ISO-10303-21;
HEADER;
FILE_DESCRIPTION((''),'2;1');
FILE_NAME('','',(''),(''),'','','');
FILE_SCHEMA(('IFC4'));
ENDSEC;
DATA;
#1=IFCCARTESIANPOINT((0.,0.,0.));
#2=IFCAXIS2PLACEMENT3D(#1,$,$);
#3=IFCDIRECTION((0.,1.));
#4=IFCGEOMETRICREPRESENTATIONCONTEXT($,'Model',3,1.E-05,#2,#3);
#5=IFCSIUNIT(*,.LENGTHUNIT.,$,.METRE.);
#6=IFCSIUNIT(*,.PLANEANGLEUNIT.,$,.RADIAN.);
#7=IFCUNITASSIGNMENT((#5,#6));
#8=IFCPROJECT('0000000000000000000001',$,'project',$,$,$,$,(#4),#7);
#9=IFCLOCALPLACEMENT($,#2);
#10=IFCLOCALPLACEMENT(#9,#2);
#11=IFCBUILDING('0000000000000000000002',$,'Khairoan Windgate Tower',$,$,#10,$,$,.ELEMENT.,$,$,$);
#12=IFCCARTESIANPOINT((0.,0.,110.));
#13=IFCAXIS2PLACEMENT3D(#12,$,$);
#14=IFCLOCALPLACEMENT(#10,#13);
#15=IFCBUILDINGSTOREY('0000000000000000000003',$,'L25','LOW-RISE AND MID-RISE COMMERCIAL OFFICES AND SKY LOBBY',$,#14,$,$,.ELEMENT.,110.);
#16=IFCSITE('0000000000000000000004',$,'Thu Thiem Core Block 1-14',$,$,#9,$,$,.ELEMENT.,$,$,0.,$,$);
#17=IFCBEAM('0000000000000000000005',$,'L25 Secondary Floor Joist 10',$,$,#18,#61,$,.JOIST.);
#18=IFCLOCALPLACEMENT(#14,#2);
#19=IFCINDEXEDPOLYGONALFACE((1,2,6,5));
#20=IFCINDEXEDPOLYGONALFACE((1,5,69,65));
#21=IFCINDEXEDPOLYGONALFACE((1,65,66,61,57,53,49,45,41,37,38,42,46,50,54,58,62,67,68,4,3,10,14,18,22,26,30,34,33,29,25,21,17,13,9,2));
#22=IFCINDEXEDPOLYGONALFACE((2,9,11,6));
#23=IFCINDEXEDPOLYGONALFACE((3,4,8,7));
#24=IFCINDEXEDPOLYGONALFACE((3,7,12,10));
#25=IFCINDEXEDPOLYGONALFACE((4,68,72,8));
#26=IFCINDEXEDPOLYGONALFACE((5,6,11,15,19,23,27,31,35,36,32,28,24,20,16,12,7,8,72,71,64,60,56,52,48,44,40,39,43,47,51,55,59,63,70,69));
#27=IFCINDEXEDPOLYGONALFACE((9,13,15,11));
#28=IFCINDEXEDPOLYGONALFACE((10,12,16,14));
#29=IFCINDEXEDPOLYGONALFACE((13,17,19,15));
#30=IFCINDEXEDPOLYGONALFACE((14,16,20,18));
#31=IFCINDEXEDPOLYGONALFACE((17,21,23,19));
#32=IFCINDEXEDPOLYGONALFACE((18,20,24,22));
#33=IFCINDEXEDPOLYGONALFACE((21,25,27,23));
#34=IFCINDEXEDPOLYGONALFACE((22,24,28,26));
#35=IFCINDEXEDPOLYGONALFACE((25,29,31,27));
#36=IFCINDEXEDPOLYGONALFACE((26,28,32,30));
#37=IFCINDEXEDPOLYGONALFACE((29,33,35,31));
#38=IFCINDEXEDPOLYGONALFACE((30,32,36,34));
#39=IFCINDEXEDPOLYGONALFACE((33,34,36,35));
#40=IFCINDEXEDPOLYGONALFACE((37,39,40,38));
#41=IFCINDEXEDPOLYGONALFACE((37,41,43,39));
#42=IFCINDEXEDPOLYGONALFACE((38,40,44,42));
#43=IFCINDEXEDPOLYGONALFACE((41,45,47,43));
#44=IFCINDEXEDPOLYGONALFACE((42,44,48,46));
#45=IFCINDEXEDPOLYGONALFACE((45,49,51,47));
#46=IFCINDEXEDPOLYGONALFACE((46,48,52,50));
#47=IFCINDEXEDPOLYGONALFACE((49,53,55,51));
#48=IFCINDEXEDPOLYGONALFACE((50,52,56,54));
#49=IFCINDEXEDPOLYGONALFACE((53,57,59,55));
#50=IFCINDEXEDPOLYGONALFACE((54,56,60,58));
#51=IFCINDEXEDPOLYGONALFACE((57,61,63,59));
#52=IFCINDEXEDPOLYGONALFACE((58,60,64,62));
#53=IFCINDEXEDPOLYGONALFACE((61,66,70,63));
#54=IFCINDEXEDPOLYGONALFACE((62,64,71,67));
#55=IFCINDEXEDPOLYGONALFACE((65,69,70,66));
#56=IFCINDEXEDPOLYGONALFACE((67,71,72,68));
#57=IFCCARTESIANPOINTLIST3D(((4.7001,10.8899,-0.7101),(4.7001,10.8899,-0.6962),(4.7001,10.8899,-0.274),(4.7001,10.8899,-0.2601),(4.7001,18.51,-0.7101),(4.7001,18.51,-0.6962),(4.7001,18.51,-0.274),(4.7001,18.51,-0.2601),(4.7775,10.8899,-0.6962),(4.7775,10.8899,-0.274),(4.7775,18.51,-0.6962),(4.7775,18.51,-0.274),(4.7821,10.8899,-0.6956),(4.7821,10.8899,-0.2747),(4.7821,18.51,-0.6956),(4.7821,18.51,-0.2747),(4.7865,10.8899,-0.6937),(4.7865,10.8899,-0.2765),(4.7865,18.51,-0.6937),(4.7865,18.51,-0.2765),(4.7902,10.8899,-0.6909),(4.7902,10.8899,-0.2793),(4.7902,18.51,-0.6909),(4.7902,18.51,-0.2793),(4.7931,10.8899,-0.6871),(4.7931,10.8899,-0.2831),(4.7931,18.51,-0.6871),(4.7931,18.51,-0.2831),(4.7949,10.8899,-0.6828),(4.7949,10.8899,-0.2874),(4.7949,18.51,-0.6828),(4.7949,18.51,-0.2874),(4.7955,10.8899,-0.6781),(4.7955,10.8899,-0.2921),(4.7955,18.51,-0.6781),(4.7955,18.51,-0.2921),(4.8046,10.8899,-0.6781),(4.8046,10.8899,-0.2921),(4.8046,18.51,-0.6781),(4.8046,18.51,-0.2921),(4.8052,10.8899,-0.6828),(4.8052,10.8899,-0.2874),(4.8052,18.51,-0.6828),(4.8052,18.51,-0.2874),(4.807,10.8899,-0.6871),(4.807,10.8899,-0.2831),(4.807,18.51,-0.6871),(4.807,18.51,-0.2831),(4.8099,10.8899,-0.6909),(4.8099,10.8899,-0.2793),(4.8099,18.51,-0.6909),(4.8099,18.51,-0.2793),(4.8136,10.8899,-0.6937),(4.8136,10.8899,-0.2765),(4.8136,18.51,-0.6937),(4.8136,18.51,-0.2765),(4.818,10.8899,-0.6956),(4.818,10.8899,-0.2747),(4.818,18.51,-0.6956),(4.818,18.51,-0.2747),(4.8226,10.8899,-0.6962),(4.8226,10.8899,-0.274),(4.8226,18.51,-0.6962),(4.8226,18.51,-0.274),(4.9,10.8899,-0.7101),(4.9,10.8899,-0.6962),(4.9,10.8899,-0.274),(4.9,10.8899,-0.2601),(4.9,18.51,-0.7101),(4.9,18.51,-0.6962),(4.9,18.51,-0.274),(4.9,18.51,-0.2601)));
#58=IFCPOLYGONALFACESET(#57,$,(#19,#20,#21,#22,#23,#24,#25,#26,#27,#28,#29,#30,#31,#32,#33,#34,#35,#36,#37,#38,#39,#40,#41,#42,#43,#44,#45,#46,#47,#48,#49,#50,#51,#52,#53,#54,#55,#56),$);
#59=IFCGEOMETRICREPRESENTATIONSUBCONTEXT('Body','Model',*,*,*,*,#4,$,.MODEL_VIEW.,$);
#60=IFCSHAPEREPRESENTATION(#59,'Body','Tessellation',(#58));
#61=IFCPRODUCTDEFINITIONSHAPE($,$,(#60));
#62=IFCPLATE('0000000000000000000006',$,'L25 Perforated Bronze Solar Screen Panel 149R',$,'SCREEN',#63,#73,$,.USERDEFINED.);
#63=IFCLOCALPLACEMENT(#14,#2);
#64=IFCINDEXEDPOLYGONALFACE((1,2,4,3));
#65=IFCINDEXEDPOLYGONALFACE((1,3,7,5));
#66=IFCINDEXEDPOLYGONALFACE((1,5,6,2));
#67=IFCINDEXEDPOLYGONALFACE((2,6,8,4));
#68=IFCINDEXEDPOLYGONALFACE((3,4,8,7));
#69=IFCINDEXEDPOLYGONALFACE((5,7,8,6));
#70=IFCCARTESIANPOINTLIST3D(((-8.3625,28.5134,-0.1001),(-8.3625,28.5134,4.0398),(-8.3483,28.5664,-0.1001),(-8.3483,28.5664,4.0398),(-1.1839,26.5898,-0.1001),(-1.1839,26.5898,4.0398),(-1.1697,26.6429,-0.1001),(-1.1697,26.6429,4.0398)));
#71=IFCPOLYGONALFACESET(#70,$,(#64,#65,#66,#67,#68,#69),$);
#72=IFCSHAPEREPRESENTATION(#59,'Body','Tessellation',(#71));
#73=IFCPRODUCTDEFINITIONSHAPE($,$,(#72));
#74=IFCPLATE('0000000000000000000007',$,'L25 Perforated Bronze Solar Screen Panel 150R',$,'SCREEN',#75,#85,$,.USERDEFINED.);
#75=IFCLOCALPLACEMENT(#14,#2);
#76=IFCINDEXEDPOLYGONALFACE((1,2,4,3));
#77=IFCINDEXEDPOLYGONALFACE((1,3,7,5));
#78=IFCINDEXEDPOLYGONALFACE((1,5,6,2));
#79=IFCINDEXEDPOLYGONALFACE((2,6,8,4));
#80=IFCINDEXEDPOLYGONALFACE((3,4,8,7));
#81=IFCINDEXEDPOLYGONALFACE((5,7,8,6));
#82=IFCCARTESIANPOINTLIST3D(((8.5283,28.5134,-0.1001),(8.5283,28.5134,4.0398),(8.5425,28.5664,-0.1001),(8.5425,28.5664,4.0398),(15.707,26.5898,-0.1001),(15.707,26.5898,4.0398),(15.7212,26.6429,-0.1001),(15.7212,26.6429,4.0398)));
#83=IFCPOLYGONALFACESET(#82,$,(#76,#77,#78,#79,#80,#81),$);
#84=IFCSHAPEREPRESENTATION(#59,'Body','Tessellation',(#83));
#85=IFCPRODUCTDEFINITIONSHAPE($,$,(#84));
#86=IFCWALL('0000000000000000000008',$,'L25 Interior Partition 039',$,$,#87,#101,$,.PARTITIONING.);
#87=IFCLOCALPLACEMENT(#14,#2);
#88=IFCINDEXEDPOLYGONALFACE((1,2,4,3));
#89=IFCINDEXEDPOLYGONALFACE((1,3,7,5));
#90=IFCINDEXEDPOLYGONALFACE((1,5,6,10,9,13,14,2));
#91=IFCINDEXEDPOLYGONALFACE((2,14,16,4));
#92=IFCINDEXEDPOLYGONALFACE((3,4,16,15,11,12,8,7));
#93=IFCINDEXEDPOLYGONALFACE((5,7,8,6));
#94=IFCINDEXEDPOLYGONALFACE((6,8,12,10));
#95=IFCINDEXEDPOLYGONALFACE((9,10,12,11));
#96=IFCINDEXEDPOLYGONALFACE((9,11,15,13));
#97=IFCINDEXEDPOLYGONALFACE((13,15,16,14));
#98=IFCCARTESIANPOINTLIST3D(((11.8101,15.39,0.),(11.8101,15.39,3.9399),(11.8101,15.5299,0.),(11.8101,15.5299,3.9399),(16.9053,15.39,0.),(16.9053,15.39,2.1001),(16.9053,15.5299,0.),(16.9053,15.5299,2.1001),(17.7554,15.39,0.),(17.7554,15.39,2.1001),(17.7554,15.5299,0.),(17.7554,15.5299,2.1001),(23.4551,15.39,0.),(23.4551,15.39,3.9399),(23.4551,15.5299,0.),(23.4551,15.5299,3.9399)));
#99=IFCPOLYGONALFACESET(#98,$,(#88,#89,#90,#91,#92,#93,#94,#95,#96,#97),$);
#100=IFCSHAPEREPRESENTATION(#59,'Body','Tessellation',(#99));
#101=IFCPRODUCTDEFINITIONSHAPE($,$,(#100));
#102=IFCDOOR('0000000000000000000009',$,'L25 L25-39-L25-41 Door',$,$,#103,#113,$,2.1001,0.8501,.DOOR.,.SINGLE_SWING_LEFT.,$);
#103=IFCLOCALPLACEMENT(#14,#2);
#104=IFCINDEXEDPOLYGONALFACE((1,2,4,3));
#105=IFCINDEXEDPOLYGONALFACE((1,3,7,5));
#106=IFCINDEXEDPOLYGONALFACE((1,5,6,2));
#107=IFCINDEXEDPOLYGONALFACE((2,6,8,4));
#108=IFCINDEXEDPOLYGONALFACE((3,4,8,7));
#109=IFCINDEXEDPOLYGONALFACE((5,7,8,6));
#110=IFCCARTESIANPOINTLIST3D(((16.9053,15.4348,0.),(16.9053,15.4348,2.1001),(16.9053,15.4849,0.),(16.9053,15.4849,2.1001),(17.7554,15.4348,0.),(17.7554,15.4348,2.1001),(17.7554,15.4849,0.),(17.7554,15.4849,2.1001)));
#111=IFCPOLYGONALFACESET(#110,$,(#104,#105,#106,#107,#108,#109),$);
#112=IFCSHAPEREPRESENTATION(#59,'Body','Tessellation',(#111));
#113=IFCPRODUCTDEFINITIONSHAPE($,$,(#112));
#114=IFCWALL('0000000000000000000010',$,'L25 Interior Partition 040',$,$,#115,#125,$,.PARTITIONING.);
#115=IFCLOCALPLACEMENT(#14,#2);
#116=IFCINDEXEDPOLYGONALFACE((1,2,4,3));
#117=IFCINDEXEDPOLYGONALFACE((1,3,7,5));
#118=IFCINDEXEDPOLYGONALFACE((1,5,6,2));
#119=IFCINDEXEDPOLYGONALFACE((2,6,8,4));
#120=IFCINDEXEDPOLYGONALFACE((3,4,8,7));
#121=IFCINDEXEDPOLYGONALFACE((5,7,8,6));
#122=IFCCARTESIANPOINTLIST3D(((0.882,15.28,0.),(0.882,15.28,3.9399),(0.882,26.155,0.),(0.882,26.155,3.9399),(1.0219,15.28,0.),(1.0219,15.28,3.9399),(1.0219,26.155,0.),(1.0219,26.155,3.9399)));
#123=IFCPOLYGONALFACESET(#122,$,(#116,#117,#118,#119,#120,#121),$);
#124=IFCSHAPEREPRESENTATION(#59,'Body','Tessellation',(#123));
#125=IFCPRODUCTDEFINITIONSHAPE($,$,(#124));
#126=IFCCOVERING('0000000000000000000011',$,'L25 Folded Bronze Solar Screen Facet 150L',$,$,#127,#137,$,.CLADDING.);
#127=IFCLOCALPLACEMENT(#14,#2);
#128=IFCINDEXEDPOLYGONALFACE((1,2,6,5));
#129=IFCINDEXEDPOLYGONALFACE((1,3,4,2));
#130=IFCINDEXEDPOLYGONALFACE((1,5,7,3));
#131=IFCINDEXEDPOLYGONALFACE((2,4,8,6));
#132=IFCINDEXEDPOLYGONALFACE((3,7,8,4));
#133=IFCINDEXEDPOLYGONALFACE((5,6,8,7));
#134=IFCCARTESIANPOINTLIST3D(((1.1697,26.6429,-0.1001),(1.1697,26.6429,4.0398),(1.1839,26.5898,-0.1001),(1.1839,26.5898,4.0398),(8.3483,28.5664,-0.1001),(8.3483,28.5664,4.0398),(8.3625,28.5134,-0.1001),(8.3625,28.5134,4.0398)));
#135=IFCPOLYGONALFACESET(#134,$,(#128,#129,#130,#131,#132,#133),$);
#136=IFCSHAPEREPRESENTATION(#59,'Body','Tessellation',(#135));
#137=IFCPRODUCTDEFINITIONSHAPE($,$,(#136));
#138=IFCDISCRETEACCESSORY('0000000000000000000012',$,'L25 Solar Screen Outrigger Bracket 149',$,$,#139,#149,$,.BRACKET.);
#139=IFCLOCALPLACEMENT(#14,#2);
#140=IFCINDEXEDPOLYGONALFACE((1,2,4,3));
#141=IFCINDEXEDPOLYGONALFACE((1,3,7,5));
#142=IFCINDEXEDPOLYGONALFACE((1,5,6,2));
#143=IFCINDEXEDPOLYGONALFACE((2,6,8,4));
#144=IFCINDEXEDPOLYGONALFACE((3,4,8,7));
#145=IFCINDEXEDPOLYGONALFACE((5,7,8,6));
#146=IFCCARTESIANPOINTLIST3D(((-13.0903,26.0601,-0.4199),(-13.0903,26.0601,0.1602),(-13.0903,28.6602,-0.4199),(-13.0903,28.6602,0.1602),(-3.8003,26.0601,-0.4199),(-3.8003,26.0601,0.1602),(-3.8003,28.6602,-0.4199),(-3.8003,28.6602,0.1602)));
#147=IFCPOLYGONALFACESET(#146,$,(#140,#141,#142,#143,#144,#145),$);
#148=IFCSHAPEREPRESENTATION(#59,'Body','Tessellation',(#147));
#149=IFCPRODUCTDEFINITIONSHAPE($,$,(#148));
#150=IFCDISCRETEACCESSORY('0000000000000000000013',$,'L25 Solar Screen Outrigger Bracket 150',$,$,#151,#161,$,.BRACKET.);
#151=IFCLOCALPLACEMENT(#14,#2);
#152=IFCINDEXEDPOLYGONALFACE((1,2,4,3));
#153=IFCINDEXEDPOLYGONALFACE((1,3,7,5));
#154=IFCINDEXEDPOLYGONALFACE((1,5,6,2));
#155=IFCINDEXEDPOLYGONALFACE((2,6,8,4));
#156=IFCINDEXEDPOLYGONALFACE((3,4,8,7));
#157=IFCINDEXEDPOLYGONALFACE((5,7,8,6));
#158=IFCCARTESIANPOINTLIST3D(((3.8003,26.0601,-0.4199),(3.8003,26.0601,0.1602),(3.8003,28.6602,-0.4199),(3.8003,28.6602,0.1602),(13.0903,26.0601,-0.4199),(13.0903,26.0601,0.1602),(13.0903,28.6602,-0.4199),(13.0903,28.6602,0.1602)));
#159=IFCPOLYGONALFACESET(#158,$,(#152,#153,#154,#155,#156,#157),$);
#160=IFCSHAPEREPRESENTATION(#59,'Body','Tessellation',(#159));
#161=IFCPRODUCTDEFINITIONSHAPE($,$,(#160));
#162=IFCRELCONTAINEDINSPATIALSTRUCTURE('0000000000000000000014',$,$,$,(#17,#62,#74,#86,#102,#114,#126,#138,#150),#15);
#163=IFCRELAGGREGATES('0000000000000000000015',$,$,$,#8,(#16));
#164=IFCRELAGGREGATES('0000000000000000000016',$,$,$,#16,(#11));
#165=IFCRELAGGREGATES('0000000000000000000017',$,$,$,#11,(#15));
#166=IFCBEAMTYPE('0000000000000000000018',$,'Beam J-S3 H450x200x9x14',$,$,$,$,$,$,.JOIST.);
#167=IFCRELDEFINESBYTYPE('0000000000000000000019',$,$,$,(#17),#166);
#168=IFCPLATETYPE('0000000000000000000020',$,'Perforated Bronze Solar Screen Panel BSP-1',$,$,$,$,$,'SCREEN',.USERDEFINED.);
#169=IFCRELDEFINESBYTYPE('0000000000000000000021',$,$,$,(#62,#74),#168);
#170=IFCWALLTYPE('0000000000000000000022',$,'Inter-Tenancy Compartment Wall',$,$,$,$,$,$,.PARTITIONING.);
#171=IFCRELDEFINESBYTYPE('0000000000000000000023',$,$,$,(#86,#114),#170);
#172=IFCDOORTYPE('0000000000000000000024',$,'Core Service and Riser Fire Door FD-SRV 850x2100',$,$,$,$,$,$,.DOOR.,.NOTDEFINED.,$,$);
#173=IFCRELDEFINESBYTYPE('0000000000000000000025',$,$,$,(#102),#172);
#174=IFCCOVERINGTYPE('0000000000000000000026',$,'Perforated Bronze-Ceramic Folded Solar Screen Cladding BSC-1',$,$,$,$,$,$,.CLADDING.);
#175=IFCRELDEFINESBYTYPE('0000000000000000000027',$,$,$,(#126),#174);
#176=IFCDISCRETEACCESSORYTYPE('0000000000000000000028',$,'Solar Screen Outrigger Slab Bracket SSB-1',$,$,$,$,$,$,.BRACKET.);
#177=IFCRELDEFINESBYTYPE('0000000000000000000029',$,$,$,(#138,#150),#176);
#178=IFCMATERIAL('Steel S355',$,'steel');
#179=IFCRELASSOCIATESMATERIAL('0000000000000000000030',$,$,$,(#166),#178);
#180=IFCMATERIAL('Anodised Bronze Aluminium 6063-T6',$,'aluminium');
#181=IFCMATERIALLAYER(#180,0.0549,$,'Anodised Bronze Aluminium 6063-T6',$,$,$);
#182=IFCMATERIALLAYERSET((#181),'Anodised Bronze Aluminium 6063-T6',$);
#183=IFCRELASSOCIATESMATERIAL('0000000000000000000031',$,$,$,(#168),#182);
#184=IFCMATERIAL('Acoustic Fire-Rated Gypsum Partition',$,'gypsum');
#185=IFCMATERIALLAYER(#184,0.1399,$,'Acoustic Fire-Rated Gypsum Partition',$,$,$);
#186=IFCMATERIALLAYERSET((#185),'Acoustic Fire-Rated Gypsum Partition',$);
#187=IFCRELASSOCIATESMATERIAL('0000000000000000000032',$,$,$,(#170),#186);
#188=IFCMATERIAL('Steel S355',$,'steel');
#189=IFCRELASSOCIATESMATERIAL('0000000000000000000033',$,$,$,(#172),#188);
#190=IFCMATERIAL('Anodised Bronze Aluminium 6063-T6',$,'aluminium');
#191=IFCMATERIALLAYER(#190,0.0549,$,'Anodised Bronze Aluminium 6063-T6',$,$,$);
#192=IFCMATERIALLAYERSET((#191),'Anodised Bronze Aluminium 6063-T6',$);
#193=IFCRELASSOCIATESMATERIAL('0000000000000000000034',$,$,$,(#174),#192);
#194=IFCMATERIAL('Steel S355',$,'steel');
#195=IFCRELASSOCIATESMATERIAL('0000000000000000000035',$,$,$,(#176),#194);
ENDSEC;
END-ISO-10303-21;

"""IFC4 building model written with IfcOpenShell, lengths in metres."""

from ifc_helpers import new_model, si_unit, direction, frame, frame_2d, origin, origin_2d, place, context, subcontext, project, spatial, rectangle, i_section, extrude, material, layer, layer_set, material_profile, profile_set, type_object, element, fill, save


model = new_model("IFC4")

# Units and contexts
model_context = context("Model", 3, precision=1e-05, world=origin(), true_north=direction((0.0, 1.0)))
body_context = subcontext(model_context, "Body", "Model", "MODEL_VIEW")
ifc_project = project(units=[si_unit("LENGTHUNIT", "METRE"), si_unit("PLANEANGLEUNIT", "RADIAN")], contexts=[model_context])

# Site, building, storey
site_placement = place(None, origin())
site = spatial("IfcSite", under=ifc_project, at=site_placement, Name="Thu Thiem Core Block 1-14", CompositionType="ELEMENT", RefElevation=0.0)
building_placement = place(site_placement, origin())
building = spatial("IfcBuilding", under=site, at=building_placement, Name="Khairoan Windgate Tower", CompositionType="ELEMENT")
storey_placement = place(building_placement, frame((0.0, 0.0, 110.0)))
storey = spatial("IfcBuildingStorey", under=building, at=storey_placement, Name="L25", Description="LOW-RISE AND MID-RISE COMMERCIAL OFFICES AND SKY LOBBY", CompositionType="ELEMENT", Elevation=110.0)

# Beam
ifc_material_1 = material(Name="Steel S355", Category="steel")
ifc_material_profile_1 = material_profile(ifc_material_1, i_section(OverallWidth=0.2, OverallDepth=0.45, WebThickness=0.009, FlangeThickness=0.0139, FilletRadius=0.0181, at=origin_2d()))
ifc_profile_set_1 = profile_set([ifc_material_profile_1], Name="Steel S355")
beam_type_1 = type_object("IfcBeamType", Name="Beam J-S3 H450x200x9x14", PredefinedType="JOIST", material=ifc_profile_set_1)
for number, where, z_axis, x_axis, name in (
    (1, (4.8, 10.8899, -0.4851), (0.0, 1.0, 0.0), (-1.0, 0.0, 0.0), "L25 Secondary Floor Joist 10"),
):
    element("IfcBeam", number, at=place(storey_placement, frame(where, z_axis=z_axis, x_axis=x_axis)), inside=storey, type_object=beam_type_1, Name=name, PredefinedType="JOIST", context=body_context, shape_type="SweptSolid", body=[
        extrude(i_section(OverallWidth=0.2, OverallDepth=0.45, WebThickness=0.009, FlangeThickness=0.0139, FilletRadius=0.0181, at=origin_2d()), origin(), (0.0, 0.0, 1.0), 7.6201),
    ])

# Plates
ifc_material_2 = material(Name="Anodised Bronze Aluminium 6063-T6", Category="aluminium")
ifc_layer_1 = layer(ifc_material_2, 0.0549, Name="Anodised Bronze Aluminium 6063-T6")
ifc_layer_set_1 = layer_set([ifc_layer_1], Name="Anodised Bronze Aluminium 6063-T6")
plate_type = type_object("IfcPlateType", Name="Perforated Bronze Solar Screen Panel BSP-1", ElementType="SCREEN", PredefinedType="USERDEFINED", material=ifc_layer_set_1)
for number, where, z_axis, x_axis, name in (
    (2, (-4.7661, 27.5781, -0.1001), (0.0, 0.0, 1.0), (0.965926, -0.258819, 0.0), "L25 Perforated Bronze Solar Screen Panel 149R"),
    (3, (12.1248, 27.5781, -0.1001), (0.0, 0.0, 1.0), (0.965926, -0.258819, 0.0), "L25 Perforated Bronze Solar Screen Panel 150R"),
):
    element("IfcPlate", number, at=place(storey_placement, frame(where, z_axis=z_axis, x_axis=x_axis)), inside=storey, type_object=plate_type, Name=name, ObjectType="SCREEN", PredefinedType="USERDEFINED", context=body_context, shape_type="SweptSolid", body=[
        extrude(rectangle(XDim=7.4319, YDim=0.0549, at=origin_2d()), origin(), (0.0, 0.0, 1.0), 4.1399),
    ])

# Wall, opening, door
ifc_material_3 = material(Name="Acoustic Fire-Rated Gypsum Partition", Category="gypsum")
ifc_layer_2 = layer(ifc_material_3, 0.1399, Name="Acoustic Fire-Rated Gypsum Partition")
ifc_layer_set_2 = layer_set([ifc_layer_2], Name="Acoustic Fire-Rated Gypsum Partition")
wall_type = type_object("IfcWallType", Name="Inter-Tenancy Compartment Wall", PredefinedType="PARTITIONING", material=ifc_layer_set_2)
wall_1_placement = place(storey_placement, frame((11.8101, 15.46, 0.0), z_axis=(0.0, 0.0, 1.0), x_axis=(1.0, 0.0, 0.0)))
wall_1 = element("IfcWall", 4, at=wall_1_placement, inside=storey, type_object=wall_type, Name="L25 Interior Partition 039", PredefinedType="PARTITIONING", context=body_context, shape_type="SweptSolid", body=[
    extrude(rectangle(XDim=11.645, YDim=0.1399, at=frame_2d((5.8225, 0.0))), origin(), (0.0, 0.0, 1.0), 3.9399),
])
opening_placement = place(wall_1_placement, frame((5.0952, 0.0, 0.0)))
opening = element("IfcOpeningElement", 5, at=opening_placement, cuts=wall_1, PredefinedType="OPENING", context=body_context, shape_type="SweptSolid", body=[
    extrude(rectangle(XDim=0.8501, YDim=2.1001, at=frame_2d((0.425, 1.05))), frame((0.0, 0.0798, 0.0), z_axis=(0.0, -1.0, 0.0), x_axis=(1.0, 0.0, 0.0)), (0.0, 0.0, 1.0), 0.1599),
])
ifc_material_4 = material(Name="Steel S355", Category="steel")
door_type = type_object("IfcDoorType", Name="Core Service and Riser Fire Door FD-SRV 850x2100", OperationType="NOTDEFINED", PredefinedType="DOOR", material=ifc_material_4)
door_placement = place(opening_placement, origin())
door = element("IfcDoor", 6, at=door_placement, inside=storey, type_object=door_type, Name="L25 L25-39-L25-41 Door", OperationType="SINGLE_SWING_LEFT", OverallHeight=2.1001, OverallWidth=0.8501, PredefinedType="DOOR", context=body_context, shape_type="SweptSolid", body=[
    extrude(rectangle(XDim=0.8501, YDim=2.1001, at=frame_2d((0.425, 1.05))), frame((0.0, 0.0249, 0.0), z_axis=(0.0, -1.0, 0.0), x_axis=(1.0, 0.0, 0.0)), (0.0, 0.0, 1.0), 0.05),
])
fill(opening, door)

# Wall
wall_2_placement = place(storey_placement, frame((0.9519, 15.28, 0.0), z_axis=(0.0, 0.0, 1.0), x_axis=(0.0, 1.0, 0.0)))
element("IfcWall", 7, at=wall_2_placement, inside=storey, type_object=wall_type, Name="L25 Interior Partition 040", PredefinedType="PARTITIONING", context=body_context, shape_type="SweptSolid", body=[
    extrude(rectangle(XDim=10.875, YDim=0.1399, at=frame_2d((5.4375, 0.0))), origin(), (0.0, 0.0, 1.0), 3.9399),
])

# Covering
ifc_material_5 = material(Name="Anodised Bronze Aluminium 6063-T6", Category="aluminium")
ifc_layer_3 = layer(ifc_material_5, 0.0549, Name="Anodised Bronze Aluminium 6063-T6")
ifc_layer_set_3 = layer_set([ifc_layer_3], Name="Anodised Bronze Aluminium 6063-T6")
covering_type = type_object("IfcCoveringType", Name="Perforated Bronze-Ceramic Folded Solar Screen Cladding BSC-1", PredefinedType="CLADDING", material=ifc_layer_set_3)
covering_placement = place(storey_placement, frame((4.7661, 27.5781, -0.1001), z_axis=(0.0, 0.0, 1.0), x_axis=(0.965926, 0.258819, 0.0)))
element("IfcCovering", 8, at=covering_placement, inside=storey, type_object=covering_type, Name="L25 Folded Bronze Solar Screen Facet 150L", PredefinedType="CLADDING", context=body_context, shape_type="SweptSolid", body=[
    extrude(rectangle(XDim=7.4319, YDim=0.0549, at=origin_2d()), origin(), (0.0, 0.0, 1.0), 4.1399),
])

# Discrete accessories
ifc_material_6 = material(Name="Steel S355", Category="steel")
discrete_accessory_type = type_object("IfcDiscreteAccessoryType", Name="Solar Screen Outrigger Slab Bracket SSB-1", PredefinedType="BRACKET", material=ifc_material_6)
for number, where, z_axis, x_axis, name in (
    (9, (-8.4453, 27.3601, -0.4199), (0.0, 0.0, 1.0), (1.0, 0.0, 0.0), "L25 Solar Screen Outrigger Bracket 149"),
    (10, (8.4453, 27.3601, -0.4199), (0.0, 0.0, 1.0), (1.0, 0.0, 0.0), "L25 Solar Screen Outrigger Bracket 150"),
):
    element("IfcDiscreteAccessory", number, at=place(storey_placement, frame(where, z_axis=z_axis, x_axis=x_axis)), inside=storey, type_object=discrete_accessory_type, Name=name, PredefinedType="BRACKET", context=body_context, shape_type="SweptSolid", body=[
        extrude(rectangle(XDim=9.29, YDim=2.6001, at=origin_2d()), origin(), (0.0, 0.0, 1.0), 0.5801),
    ])

save(model, "model.ifc")
